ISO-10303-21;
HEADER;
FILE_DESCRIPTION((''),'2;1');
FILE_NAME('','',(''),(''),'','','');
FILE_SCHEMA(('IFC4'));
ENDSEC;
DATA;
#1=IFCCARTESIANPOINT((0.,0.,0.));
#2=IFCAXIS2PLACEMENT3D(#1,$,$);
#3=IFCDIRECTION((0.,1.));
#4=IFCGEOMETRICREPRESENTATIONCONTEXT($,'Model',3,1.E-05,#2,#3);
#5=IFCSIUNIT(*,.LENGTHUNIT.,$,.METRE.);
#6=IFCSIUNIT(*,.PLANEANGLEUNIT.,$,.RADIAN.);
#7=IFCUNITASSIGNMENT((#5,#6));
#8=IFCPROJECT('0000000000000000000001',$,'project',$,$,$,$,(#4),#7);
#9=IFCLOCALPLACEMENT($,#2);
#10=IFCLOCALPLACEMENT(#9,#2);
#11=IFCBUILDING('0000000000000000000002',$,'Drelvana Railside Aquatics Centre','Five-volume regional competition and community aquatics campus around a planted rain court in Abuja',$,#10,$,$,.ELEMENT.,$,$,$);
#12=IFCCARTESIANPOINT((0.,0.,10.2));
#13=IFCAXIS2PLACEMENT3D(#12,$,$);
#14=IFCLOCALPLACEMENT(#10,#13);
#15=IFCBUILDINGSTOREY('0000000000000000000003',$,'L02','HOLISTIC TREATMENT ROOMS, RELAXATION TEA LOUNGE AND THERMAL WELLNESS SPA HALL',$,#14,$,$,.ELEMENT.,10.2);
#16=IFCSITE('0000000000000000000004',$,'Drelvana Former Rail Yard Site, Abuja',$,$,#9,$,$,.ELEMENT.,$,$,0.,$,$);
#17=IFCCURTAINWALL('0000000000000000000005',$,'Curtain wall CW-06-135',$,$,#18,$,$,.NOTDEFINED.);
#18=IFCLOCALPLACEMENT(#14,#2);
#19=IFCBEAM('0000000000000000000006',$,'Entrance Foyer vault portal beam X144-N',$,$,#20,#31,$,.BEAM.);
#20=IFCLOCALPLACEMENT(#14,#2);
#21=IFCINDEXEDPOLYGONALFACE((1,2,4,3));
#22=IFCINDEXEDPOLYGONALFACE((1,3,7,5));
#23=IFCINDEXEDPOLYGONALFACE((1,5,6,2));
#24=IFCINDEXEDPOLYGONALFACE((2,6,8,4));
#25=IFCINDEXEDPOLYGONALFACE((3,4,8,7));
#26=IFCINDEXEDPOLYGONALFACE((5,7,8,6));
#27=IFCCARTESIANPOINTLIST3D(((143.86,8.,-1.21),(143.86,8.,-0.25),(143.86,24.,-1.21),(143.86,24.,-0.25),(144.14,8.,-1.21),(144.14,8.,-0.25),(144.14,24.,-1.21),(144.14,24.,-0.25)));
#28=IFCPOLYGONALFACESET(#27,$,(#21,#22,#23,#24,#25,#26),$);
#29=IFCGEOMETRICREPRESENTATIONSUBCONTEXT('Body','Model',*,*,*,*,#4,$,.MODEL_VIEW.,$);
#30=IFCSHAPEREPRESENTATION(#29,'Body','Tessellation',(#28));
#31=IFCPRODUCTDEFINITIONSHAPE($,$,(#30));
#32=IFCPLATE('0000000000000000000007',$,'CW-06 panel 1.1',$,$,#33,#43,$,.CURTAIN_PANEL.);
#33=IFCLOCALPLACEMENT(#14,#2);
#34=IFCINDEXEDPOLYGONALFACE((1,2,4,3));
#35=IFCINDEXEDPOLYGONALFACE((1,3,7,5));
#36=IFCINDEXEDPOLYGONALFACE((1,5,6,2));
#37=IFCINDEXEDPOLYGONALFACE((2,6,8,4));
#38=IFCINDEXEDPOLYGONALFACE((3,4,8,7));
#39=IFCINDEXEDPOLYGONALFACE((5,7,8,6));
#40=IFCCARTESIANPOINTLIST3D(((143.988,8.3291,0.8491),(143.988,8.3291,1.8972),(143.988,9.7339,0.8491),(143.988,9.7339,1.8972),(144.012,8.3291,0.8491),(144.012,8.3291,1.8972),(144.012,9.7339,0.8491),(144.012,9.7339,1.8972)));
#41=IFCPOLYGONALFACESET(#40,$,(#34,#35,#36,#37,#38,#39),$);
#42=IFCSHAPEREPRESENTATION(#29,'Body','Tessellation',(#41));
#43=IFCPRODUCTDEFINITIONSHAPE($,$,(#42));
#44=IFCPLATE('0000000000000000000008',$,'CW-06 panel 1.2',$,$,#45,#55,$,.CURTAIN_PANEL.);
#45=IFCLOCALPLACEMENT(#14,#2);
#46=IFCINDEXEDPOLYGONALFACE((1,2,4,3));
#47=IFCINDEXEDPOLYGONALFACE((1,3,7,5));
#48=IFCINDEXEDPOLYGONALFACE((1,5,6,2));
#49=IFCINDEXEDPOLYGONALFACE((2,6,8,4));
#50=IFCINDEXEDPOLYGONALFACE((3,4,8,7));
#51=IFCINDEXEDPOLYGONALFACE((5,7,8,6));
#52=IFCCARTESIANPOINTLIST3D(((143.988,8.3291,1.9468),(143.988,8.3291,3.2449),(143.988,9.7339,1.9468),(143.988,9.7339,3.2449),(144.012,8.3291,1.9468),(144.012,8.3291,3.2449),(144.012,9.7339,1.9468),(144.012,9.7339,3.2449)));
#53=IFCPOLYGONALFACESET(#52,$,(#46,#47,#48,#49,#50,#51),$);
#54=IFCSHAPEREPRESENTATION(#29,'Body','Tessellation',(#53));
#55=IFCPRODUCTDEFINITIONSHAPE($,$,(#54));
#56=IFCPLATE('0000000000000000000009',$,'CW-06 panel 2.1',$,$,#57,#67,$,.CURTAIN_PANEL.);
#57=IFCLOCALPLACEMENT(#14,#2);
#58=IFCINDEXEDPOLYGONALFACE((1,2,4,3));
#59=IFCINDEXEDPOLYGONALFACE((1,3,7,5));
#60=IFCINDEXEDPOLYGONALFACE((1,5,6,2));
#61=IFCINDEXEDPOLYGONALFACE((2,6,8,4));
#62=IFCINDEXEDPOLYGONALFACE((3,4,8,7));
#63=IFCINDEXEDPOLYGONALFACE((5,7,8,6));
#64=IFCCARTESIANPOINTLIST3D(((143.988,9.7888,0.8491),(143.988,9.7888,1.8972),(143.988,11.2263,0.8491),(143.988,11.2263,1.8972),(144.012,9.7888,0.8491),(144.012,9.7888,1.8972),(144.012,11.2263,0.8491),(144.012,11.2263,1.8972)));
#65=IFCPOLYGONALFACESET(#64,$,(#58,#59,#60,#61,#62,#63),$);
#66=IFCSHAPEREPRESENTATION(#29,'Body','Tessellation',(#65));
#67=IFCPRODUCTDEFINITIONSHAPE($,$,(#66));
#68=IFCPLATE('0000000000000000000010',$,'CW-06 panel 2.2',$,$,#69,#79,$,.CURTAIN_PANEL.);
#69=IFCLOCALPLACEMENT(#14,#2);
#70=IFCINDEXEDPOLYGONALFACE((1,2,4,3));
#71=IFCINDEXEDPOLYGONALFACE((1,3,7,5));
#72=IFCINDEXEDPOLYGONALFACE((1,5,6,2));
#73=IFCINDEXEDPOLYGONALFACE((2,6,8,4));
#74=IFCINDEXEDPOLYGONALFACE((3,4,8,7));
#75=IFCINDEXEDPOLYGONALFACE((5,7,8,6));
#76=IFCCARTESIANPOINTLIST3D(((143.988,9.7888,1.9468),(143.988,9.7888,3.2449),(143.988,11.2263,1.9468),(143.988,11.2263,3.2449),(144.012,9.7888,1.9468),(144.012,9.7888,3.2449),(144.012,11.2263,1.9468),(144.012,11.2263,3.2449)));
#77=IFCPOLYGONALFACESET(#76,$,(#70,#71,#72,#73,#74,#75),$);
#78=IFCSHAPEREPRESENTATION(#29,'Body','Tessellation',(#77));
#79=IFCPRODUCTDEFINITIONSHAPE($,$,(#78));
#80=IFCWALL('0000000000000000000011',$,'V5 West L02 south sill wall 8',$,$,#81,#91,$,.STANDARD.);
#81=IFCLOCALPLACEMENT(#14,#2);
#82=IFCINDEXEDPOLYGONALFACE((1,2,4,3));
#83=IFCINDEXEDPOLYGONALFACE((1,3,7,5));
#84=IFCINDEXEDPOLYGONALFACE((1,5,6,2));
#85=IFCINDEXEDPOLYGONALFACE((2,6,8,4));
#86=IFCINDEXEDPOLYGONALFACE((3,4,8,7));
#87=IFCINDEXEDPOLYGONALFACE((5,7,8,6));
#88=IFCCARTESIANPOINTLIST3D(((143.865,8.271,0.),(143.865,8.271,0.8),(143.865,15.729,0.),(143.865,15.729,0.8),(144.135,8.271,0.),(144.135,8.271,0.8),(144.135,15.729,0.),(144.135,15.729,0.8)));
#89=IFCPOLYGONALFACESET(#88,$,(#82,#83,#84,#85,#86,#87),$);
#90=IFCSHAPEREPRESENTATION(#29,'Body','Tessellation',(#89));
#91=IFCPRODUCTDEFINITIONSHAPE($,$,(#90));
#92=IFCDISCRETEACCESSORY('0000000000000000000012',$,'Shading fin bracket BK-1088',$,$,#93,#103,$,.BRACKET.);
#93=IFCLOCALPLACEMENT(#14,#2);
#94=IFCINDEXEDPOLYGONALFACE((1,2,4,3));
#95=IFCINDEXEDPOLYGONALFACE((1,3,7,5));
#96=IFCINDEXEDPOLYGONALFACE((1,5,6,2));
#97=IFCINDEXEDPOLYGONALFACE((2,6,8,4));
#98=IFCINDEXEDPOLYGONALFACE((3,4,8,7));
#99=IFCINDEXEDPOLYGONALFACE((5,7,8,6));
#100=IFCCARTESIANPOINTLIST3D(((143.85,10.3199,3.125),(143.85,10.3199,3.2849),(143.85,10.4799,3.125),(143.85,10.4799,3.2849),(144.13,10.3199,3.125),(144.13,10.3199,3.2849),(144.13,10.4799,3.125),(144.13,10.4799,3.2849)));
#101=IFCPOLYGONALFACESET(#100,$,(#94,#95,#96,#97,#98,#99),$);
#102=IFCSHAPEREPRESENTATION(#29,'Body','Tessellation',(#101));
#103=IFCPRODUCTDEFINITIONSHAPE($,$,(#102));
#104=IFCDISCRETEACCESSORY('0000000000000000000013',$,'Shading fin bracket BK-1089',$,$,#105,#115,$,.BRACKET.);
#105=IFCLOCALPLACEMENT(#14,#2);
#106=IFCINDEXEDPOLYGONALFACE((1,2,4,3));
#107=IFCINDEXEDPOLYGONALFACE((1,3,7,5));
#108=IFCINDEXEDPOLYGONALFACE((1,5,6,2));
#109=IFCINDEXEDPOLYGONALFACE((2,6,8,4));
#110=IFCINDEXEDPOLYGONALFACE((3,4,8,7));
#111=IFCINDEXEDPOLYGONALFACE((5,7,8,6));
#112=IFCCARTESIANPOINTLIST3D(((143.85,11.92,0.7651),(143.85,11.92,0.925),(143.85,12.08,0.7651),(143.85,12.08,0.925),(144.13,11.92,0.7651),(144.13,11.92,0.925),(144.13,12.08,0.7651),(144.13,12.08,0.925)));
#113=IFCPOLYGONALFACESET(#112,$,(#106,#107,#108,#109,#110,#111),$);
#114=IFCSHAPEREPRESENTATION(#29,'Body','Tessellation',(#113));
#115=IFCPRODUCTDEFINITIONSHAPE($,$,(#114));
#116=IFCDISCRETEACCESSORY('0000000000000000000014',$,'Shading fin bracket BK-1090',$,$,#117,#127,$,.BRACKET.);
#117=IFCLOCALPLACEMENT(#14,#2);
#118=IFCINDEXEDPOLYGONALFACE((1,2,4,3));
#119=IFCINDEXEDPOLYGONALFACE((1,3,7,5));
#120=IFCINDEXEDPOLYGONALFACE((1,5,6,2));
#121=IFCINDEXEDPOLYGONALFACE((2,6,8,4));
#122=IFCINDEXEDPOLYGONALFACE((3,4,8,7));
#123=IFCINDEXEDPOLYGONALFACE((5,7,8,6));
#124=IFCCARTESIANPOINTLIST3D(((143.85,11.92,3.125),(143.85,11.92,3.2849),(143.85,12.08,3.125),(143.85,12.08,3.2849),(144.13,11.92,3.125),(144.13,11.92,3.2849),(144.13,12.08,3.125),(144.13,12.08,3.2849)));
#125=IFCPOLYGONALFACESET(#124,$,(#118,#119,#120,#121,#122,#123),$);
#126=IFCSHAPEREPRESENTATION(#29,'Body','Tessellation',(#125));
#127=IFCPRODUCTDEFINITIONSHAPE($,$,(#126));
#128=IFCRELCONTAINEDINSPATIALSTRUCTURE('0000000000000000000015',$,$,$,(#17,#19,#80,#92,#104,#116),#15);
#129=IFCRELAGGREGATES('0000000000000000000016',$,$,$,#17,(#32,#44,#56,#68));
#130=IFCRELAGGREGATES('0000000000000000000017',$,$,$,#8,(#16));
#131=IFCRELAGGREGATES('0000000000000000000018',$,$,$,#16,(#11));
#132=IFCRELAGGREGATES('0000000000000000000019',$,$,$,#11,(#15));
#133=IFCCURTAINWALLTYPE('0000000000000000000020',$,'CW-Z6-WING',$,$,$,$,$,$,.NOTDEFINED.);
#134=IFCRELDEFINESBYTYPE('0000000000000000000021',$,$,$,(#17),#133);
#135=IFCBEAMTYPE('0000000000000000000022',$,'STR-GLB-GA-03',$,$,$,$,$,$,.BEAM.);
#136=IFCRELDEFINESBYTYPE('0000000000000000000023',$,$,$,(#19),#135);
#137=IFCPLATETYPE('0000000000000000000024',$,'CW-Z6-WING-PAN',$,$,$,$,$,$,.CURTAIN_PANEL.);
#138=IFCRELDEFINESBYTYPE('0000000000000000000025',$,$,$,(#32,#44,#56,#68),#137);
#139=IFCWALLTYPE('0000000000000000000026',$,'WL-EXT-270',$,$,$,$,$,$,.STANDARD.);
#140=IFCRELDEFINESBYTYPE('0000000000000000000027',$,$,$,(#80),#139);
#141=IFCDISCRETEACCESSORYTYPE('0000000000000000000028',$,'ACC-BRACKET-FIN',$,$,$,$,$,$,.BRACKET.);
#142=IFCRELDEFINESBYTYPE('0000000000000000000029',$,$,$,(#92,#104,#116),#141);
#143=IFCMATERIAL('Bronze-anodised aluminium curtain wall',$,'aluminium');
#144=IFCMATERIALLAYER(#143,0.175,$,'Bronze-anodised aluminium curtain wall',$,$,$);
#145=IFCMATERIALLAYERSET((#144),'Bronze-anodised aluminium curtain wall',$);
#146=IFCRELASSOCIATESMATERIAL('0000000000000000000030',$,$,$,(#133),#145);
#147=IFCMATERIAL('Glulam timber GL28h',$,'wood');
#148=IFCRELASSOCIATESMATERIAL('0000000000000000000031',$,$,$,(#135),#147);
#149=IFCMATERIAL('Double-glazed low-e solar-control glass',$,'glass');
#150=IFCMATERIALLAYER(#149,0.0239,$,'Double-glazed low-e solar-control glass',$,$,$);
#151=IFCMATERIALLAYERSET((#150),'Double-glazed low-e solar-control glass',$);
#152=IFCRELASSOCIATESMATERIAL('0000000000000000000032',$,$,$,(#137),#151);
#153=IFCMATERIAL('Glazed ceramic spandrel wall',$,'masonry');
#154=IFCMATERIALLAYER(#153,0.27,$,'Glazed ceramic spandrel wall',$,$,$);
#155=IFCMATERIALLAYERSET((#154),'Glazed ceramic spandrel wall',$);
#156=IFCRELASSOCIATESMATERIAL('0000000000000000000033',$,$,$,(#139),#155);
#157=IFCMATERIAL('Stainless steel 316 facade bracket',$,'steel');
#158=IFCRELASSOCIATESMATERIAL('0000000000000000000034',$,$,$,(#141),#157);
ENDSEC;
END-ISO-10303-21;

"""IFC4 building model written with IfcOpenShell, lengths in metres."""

from ifc_helpers import new_model, si_unit, direction, frame, frame_2d, origin, origin_2d, place, context, subcontext, project, spatial, rectangle, extrude, material, layer, layer_set, material_profile, profile_set, type_object, element, aggregate, save


model = new_model("IFC4")

# Units and contexts
model_context = context("Model", 3, precision=1e-05, world=origin(), true_north=direction((0.0, 1.0)))
body_context = subcontext(model_context, "Body", "Model", "MODEL_VIEW")
ifc_project = project(units=[si_unit("LENGTHUNIT", "METRE"), si_unit("PLANEANGLEUNIT", "RADIAN")], contexts=[model_context])

# Site, building, storey
site_placement = place(None, origin())
site = spatial("IfcSite", under=ifc_project, at=site_placement, Name="Drelvana Former Rail Yard Site, Abuja", CompositionType="ELEMENT", RefElevation=0.0)
building_placement = place(site_placement, origin())
building = spatial("IfcBuilding", under=site, at=building_placement, Name="Drelvana Railside Aquatics Centre", Description="Five-volume regional competition and community aquatics campus around a planted rain court in Abuja", CompositionType="ELEMENT")
storey_placement = place(building_placement, frame((0.0, 0.0, 10.2)))
storey = spatial("IfcBuildingStorey", under=building, at=storey_placement, Name="L02", Description="HOLISTIC TREATMENT ROOMS, RELAXATION TEA LOUNGE AND THERMAL WELLNESS SPA HALL", CompositionType="ELEMENT", Elevation=10.2)

# Curtain wall
ifc_material_1 = material(Name="Bronze-anodised aluminium curtain wall", Category="aluminium")
ifc_layer_1 = layer(ifc_material_1, 0.175, Name="Bronze-anodised aluminium curtain wall")
ifc_layer_set_1 = layer_set([ifc_layer_1], Name="Bronze-anodised aluminium curtain wall")
curtain_wall_type = type_object("IfcCurtainWallType", Name="CW-Z6-WING", PredefinedType="NOTDEFINED", material=ifc_layer_set_1)
curtain_wall_placement = place(storey_placement, origin())
curtain_wall = element("IfcCurtainWall", 1, at=curtain_wall_placement, inside=storey, type_object=curtain_wall_type, Name="Curtain wall CW-06-135", PredefinedType="NOTDEFINED")

# Beam
ifc_material_2 = material(Name="Glulam timber GL28h", Category="wood")
ifc_material_profile_1 = material_profile(ifc_material_2, rectangle(XDim=0.28, YDim=0.96, at=origin_2d()), Name="GL28h 280x960")
ifc_profile_set_1 = profile_set([ifc_material_profile_1], Name="Glulam timber GL28h")
beam_type_1 = type_object("IfcBeamType", Name="STR-GLB-GA-03", PredefinedType="BEAM", material=ifc_profile_set_1)
beam_1_placement = place(storey_placement, frame((144.0, 8.0, -0.73), z_axis=(0.0, 1.0, 0.0), x_axis=(-1.0, 0.0, 0.0)))
element("IfcBeam", 2, at=beam_1_placement, inside=storey, type_object=beam_type_1, Name="Entrance Foyer vault portal beam X144-N", PredefinedType="BEAM", context=body_context, shape_type="SweptSolid", body=[
    extrude(rectangle(XDim=0.28, YDim=0.96, at=origin_2d()), origin(), (0.0, 0.0, 1.0), 16.0),
])

# Plates
ifc_material_3 = material(Name="Double-glazed low-e solar-control glass", Category="glass")
ifc_layer_2 = layer(ifc_material_3, 0.0239, Name="Double-glazed low-e solar-control glass")
ifc_layer_set_2 = layer_set([ifc_layer_2], Name="Double-glazed low-e solar-control glass")
plate_type = type_object("IfcPlateType", Name="CW-Z6-WING-PAN", PredefinedType="CURTAIN_PANEL", material=ifc_layer_set_2)
plate_1_placement = place(storey_placement, frame((144.0, 9.0315, 0.8491), z_axis=(0.0, 0.0, 1.0), x_axis=(0.0, 1.0, 0.0)))
plate_1 = element("IfcPlate", 3, at=plate_1_placement, type_object=plate_type, Name="CW-06 panel 1.1", PredefinedType="CURTAIN_PANEL", context=body_context, shape_type="SweptSolid", body=[
    extrude(rectangle(XDim=1.4048, YDim=0.0239, at=origin_2d()), origin(), (0.0, 0.0, 1.0), 1.0481),
])
plate_2_placement = place(storey_placement, frame((144.0, 9.0315, 1.9468), z_axis=(0.0, 0.0, 1.0), x_axis=(0.0, 1.0, 0.0)))
plate_2 = element("IfcPlate", 4, at=plate_2_placement, type_object=plate_type, Name="CW-06 panel 1.2", PredefinedType="CURTAIN_PANEL", context=body_context, shape_type="SweptSolid", body=[
    extrude(rectangle(XDim=1.4048, YDim=0.0239, at=origin_2d()), origin(), (0.0, 0.0, 1.0), 1.2981),
])
plate_3_placement = place(storey_placement, frame((144.0, 10.5076, 0.8491), z_axis=(0.0, 0.0, 1.0), x_axis=(0.0, 1.0, 0.0)))
plate_3 = element("IfcPlate", 5, at=plate_3_placement, type_object=plate_type, Name="CW-06 panel 2.1", PredefinedType="CURTAIN_PANEL", context=body_context, shape_type="SweptSolid", body=[
    extrude(rectangle(XDim=1.4375, YDim=0.0239, at=origin_2d()), origin(), (0.0, 0.0, 1.0), 1.0481),
])
plate_4_placement = place(storey_placement, frame((144.0, 10.5076, 1.9468), z_axis=(0.0, 0.0, 1.0), x_axis=(0.0, 1.0, 0.0)))
plate_4 = element("IfcPlate", 6, at=plate_4_placement, type_object=plate_type, Name="CW-06 panel 2.2", PredefinedType="CURTAIN_PANEL", context=body_context, shape_type="SweptSolid", body=[
    extrude(rectangle(XDim=1.4375, YDim=0.0239, at=origin_2d()), origin(), (0.0, 0.0, 1.0), 1.2981),
])
aggregate(curtain_wall, [plate_1, plate_2, plate_3, plate_4])

# Wall
ifc_material_4 = material(Name="Glazed ceramic spandrel wall", Category="masonry")
ifc_layer_3 = layer(ifc_material_4, 0.27, Name="Glazed ceramic spandrel wall")
ifc_layer_set_3 = layer_set([ifc_layer_3], Name="Glazed ceramic spandrel wall")
wall_type = type_object("IfcWallType", Name="WL-EXT-270", PredefinedType="STANDARD", material=ifc_layer_set_3)
wall_placement = place(storey_placement, frame((144.0, 8.271, 0.0), z_axis=(0.0, 0.0, 1.0), x_axis=(0.0, 1.0, 0.0)))
element("IfcWall", 7, at=wall_placement, inside=storey, type_object=wall_type, Name="V5 West L02 south sill wall 8", PredefinedType="STANDARD", context=body_context, shape_type="SweptSolid", body=[
    extrude(rectangle(XDim=7.458, YDim=0.27, at=frame_2d((3.729, 0.0))), origin(), (0.0, 0.0, 1.0), 0.8),
])

# Discrete accessories
ifc_material_5 = material(Name="Stainless steel 316 facade bracket", Category="steel")
discrete_accessory_type = type_object("IfcDiscreteAccessoryType", Name="ACC-BRACKET-FIN", PredefinedType="BRACKET", material=ifc_material_5)
for number, where, z_axis, x_axis, name in (
    (8, (143.99, 10.3999, 3.125), (0.0, 0.0, 1.0), (-1.0, 0.0, 0.0), "Shading fin bracket BK-1088"),
    (9, (143.99, 12.0, 0.7651), (0.0, 0.0, 1.0), (-1.0, 0.0, 0.0), "Shading fin bracket BK-1089"),
    (10, (143.99, 12.0, 3.125), (0.0, 0.0, 1.0), (-1.0, 0.0, 0.0), "Shading fin bracket BK-1090"),
):
    element("IfcDiscreteAccessory", number, at=place(storey_placement, frame(where, z_axis=z_axis, x_axis=x_axis)), inside=storey, type_object=discrete_accessory_type, Name=name, PredefinedType="BRACKET", context=body_context, shape_type="SweptSolid", body=[
        extrude(rectangle(XDim=0.28, YDim=0.1599, at=origin_2d()), origin(), (0.0, 0.0, 1.0), 0.1599),
    ])

save(model, "model.ifc")
